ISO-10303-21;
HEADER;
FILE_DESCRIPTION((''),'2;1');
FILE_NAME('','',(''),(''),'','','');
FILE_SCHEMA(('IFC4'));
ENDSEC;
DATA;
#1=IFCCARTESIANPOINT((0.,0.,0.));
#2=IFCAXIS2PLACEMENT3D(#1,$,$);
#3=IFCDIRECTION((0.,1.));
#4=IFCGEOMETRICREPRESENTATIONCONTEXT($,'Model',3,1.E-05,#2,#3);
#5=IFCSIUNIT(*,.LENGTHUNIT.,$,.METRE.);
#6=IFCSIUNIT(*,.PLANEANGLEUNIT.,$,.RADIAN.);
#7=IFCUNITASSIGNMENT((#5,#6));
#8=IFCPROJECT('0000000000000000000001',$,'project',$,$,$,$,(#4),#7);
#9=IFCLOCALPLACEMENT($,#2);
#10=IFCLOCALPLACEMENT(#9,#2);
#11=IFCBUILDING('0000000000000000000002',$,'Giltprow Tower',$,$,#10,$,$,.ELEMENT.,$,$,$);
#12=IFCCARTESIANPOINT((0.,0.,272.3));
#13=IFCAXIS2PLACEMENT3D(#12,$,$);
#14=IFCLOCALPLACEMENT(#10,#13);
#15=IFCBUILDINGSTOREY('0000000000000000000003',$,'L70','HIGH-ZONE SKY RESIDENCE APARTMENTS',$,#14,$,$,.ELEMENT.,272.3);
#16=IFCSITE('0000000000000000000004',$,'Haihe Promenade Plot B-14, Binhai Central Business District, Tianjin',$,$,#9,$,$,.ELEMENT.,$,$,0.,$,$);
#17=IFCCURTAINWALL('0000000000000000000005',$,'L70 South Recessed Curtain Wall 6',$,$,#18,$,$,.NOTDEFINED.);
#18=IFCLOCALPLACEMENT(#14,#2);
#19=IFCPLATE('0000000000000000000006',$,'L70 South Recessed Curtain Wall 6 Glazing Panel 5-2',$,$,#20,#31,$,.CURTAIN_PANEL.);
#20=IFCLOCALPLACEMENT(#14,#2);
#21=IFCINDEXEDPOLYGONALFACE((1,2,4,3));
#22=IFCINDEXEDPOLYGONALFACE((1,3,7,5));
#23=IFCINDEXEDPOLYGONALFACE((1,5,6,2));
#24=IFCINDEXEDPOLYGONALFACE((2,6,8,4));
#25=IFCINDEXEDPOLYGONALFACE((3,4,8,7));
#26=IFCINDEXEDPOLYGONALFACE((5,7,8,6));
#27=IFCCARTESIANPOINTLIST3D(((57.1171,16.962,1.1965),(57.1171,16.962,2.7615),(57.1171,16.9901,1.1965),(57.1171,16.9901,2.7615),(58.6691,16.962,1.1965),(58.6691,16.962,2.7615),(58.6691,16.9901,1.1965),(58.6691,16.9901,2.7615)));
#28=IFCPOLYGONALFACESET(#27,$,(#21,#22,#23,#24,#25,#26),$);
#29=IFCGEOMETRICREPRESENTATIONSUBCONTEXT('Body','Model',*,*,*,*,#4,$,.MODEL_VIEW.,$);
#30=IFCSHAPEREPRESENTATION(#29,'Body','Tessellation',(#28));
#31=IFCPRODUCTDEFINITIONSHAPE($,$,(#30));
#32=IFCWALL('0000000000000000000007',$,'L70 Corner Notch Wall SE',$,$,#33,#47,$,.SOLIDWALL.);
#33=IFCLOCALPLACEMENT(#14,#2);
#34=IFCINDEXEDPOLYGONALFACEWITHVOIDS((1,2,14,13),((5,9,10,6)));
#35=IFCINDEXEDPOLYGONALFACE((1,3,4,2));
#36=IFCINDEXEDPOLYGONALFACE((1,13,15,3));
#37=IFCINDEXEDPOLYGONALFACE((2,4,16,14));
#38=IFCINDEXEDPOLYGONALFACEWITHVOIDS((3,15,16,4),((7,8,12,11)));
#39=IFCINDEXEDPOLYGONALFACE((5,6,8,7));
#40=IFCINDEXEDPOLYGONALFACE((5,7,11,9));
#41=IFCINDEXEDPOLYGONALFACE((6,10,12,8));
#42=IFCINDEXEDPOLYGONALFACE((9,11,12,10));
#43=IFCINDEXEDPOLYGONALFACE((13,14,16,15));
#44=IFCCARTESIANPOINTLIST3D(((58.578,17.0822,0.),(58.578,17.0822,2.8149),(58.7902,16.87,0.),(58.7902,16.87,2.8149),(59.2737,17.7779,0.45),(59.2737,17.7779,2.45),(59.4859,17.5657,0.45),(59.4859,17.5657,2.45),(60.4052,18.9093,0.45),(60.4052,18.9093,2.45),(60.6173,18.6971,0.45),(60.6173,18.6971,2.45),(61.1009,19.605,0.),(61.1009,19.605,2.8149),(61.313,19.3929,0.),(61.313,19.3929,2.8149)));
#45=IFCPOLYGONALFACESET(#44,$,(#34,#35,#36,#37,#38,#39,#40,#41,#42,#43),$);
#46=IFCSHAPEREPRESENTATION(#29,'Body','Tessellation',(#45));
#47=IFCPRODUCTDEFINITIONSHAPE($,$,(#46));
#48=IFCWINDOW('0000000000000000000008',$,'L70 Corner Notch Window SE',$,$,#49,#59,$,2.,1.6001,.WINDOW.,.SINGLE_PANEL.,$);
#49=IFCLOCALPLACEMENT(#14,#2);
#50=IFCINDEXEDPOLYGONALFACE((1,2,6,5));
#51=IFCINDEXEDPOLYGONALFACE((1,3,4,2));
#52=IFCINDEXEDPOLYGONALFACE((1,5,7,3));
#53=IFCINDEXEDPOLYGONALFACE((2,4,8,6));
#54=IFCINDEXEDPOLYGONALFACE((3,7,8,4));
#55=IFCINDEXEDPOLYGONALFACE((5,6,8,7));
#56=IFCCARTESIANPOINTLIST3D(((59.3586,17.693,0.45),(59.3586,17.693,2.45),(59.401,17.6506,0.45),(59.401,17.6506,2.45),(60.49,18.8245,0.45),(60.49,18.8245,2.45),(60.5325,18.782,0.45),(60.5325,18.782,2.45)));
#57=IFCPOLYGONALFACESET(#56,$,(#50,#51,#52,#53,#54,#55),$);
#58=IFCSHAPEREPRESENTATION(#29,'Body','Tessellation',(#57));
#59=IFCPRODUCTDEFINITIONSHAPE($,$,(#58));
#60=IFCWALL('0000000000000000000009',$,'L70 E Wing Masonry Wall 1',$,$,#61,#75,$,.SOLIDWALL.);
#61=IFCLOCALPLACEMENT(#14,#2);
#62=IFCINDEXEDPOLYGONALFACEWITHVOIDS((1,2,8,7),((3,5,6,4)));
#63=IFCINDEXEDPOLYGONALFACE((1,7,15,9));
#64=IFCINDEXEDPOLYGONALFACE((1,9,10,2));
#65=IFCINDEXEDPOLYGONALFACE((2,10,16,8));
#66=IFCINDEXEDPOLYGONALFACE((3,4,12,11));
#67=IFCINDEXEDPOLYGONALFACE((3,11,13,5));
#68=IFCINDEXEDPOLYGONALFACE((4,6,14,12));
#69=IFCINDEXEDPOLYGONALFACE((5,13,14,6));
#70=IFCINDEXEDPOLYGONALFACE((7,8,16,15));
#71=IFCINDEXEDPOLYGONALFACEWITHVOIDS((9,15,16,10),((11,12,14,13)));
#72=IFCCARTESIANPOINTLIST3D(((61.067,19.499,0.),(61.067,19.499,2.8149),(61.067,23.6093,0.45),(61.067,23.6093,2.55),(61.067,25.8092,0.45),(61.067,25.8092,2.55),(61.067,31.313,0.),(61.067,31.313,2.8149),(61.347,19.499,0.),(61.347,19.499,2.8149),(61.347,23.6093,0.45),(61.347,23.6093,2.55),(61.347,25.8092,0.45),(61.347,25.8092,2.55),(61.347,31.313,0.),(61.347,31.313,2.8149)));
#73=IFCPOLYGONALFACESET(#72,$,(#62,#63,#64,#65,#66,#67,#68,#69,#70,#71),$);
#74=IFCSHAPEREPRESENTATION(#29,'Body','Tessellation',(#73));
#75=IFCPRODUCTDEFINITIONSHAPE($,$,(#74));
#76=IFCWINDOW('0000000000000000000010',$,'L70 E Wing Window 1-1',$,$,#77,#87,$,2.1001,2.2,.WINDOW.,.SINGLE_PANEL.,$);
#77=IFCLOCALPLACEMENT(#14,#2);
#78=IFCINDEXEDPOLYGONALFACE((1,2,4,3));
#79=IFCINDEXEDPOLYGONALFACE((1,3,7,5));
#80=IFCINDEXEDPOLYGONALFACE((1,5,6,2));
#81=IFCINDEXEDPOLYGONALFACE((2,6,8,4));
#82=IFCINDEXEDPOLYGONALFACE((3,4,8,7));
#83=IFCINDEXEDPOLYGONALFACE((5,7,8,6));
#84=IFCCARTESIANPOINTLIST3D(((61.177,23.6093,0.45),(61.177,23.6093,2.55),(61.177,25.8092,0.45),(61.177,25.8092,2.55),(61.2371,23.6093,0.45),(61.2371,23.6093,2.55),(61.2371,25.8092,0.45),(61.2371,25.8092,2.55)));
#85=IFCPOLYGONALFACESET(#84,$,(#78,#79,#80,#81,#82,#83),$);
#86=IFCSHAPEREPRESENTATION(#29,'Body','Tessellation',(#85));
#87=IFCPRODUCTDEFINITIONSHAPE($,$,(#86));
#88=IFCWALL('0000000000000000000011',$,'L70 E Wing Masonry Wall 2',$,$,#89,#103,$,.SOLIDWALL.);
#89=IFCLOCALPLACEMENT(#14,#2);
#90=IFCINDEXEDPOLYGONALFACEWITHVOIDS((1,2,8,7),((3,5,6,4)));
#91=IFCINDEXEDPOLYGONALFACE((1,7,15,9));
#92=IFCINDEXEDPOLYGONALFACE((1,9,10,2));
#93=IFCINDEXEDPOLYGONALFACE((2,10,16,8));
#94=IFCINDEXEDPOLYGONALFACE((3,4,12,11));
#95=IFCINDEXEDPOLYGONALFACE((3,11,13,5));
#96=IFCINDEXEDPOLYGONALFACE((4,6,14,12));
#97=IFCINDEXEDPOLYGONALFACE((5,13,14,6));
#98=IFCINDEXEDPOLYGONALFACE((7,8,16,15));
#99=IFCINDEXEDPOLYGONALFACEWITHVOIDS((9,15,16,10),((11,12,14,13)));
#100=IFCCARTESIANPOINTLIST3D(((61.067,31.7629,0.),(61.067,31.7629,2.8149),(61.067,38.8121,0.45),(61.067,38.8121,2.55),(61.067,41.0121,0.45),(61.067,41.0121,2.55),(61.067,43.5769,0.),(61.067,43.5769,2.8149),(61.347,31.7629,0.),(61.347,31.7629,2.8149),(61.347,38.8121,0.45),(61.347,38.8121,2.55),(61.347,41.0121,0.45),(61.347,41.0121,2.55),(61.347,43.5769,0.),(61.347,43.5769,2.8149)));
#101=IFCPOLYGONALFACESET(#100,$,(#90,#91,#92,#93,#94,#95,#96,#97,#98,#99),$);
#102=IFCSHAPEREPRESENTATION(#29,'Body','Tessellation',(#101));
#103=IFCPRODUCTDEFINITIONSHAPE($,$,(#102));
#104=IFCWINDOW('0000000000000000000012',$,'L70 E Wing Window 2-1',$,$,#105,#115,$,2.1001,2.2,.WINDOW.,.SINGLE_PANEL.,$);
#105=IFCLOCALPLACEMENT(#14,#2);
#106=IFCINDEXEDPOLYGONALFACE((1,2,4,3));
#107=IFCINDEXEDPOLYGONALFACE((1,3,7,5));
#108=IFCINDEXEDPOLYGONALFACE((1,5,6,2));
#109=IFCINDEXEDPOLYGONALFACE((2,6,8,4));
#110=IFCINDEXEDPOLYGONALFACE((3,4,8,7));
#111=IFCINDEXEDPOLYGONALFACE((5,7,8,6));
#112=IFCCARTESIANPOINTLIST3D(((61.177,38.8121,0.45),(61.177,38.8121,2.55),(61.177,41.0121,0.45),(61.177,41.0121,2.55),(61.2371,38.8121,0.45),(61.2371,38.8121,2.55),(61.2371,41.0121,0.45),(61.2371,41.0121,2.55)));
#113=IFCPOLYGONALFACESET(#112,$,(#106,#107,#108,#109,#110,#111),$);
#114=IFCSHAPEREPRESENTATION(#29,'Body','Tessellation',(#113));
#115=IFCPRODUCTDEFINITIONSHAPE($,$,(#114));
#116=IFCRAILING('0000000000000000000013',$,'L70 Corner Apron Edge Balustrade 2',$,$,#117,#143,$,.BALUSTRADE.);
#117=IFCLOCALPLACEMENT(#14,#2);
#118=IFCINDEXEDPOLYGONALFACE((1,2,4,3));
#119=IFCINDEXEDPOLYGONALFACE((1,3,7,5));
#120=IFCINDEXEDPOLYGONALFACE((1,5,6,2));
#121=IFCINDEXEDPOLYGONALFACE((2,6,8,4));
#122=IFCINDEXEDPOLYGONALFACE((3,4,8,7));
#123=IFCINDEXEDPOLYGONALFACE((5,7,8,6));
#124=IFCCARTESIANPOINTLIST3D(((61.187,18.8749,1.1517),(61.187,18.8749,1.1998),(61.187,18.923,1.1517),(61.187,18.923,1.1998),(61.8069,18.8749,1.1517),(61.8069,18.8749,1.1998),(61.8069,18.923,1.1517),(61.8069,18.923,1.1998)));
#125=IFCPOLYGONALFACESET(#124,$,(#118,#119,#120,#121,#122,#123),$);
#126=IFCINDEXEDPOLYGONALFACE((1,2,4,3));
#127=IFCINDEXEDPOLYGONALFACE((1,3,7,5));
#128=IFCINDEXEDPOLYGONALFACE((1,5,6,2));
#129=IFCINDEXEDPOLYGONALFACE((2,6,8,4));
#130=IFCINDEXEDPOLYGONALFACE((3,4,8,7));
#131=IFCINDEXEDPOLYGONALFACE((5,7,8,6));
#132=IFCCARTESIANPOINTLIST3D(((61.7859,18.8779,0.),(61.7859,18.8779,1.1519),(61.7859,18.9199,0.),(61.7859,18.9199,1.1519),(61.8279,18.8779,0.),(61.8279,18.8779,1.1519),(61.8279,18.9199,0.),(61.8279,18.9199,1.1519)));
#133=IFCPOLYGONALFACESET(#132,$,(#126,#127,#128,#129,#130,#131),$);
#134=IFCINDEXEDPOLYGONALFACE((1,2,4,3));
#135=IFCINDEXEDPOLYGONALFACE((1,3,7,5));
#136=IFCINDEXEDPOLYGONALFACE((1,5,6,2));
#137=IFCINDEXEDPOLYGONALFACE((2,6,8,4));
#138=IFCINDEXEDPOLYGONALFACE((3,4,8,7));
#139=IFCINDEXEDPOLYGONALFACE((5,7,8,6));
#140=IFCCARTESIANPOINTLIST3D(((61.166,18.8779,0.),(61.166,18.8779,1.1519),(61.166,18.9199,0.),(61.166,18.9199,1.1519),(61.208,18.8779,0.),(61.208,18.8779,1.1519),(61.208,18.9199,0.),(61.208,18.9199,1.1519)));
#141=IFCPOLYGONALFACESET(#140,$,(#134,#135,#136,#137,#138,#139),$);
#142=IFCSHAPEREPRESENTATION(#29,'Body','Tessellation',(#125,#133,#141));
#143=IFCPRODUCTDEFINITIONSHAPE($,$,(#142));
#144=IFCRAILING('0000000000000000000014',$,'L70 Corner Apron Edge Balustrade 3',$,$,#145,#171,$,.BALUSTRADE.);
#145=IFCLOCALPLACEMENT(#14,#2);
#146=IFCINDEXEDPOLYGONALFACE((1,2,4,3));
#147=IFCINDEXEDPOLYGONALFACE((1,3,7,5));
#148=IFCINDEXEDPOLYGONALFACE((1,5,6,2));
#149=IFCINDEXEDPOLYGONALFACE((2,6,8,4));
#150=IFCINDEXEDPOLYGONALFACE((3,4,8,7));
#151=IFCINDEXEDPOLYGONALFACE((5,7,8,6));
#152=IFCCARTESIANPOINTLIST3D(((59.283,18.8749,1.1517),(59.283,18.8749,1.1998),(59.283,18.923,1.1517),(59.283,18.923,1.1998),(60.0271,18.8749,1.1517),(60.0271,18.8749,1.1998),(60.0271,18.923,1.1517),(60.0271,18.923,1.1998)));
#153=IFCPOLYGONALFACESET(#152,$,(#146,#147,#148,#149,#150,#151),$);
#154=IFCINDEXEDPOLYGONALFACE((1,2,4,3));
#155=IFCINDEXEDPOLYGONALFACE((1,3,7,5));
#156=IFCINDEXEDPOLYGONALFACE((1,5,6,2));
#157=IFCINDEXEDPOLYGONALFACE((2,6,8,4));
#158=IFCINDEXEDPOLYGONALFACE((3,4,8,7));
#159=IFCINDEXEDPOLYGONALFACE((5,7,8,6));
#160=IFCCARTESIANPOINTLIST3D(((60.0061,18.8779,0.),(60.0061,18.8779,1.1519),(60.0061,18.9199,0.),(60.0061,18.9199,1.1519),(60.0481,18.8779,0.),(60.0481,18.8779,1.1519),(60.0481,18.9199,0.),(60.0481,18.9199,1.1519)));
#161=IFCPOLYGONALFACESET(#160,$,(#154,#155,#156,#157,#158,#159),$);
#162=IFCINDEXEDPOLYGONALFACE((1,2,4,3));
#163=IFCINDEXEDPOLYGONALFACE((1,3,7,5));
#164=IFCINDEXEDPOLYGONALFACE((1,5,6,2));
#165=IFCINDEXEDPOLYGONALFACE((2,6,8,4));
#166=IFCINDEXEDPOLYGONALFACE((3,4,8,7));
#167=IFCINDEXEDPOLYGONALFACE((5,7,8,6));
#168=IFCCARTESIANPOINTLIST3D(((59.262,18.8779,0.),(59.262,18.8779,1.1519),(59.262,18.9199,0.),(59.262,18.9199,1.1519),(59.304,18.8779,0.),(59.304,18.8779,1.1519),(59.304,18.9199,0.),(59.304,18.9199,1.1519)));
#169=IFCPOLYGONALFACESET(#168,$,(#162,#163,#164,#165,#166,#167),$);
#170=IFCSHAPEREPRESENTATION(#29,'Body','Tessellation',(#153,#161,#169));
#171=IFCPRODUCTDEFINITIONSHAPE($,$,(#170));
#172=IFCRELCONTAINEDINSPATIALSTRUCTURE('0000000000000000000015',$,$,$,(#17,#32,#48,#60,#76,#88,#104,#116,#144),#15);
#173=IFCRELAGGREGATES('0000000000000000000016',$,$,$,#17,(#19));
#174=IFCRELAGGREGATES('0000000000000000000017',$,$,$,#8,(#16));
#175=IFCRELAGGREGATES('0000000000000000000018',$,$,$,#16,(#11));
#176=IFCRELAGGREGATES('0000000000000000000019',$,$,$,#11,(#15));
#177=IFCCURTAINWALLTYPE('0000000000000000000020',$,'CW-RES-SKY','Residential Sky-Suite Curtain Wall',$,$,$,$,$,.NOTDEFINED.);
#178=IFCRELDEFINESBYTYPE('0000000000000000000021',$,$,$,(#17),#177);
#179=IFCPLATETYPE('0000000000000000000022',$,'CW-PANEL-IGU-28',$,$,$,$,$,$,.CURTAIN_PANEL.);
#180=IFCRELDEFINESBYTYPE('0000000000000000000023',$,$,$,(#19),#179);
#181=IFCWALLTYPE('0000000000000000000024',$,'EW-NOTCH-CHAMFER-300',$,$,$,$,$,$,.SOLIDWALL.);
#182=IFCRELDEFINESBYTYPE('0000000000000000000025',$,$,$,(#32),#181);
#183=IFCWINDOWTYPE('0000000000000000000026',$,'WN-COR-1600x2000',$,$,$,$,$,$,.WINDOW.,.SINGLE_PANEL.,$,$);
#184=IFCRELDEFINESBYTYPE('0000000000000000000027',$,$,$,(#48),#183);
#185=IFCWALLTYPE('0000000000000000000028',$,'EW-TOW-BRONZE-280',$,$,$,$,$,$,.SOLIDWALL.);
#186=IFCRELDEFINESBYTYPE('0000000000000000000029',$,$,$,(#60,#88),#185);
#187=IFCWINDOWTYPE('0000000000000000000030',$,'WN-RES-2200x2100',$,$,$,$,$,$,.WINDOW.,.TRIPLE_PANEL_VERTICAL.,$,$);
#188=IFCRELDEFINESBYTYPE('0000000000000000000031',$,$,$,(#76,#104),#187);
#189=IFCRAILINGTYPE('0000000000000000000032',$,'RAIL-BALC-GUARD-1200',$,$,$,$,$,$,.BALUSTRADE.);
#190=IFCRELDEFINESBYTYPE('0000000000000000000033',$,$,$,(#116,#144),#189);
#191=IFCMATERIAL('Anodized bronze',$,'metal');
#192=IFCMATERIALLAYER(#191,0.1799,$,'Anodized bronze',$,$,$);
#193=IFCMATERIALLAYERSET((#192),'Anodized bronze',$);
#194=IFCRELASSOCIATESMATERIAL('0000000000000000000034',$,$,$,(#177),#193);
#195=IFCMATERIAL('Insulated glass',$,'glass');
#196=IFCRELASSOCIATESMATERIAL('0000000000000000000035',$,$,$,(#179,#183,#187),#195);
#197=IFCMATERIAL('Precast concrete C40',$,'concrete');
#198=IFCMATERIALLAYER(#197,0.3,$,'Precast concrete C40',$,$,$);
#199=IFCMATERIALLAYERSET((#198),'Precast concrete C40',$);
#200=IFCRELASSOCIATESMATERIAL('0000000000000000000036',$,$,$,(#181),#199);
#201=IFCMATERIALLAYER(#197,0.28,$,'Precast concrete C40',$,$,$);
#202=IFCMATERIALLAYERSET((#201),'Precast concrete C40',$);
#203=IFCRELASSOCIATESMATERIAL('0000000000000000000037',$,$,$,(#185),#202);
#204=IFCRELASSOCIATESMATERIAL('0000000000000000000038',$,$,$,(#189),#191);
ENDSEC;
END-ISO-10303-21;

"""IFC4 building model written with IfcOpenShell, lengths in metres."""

from ifc_helpers import new_model, si_unit, direction, frame, frame_2d, origin, origin_2d, place, context, subcontext, project, spatial, rectangle, extrude, source, transform, mapped, material, layer, layer_set, type_object, element, fill, aggregate, save


model = new_model("IFC4")

# Units and contexts
model_context = context("Model", 3, precision=1e-05, world=origin(), true_north=direction((0.0, 1.0)))
body_context = subcontext(model_context, "Body", "Model", "MODEL_VIEW")
ifc_project = project(units=[si_unit("LENGTHUNIT", "METRE"), si_unit("PLANEANGLEUNIT", "RADIAN")], contexts=[model_context])

# Site, building, storey
site_placement = place(None, origin())
site = spatial("IfcSite", under=ifc_project, at=site_placement, Name="Haihe Promenade Plot B-14, Binhai Central Business District, Tianjin", CompositionType="ELEMENT", RefElevation=0.0)
building_placement = place(site_placement, origin())
building = spatial("IfcBuilding", under=site, at=building_placement, Name="Giltprow Tower", CompositionType="ELEMENT")
storey_placement = place(building_placement, frame((0.0, 0.0, 272.3)))
storey = spatial("IfcBuildingStorey", under=building, at=storey_placement, Name="L70", Description="HIGH-ZONE SKY RESIDENCE APARTMENTS", CompositionType="ELEMENT", Elevation=272.3)

# Curtain wall
ifc_material_1 = material(Name="Anodized bronze", Category="metal")
ifc_layer_1 = layer(ifc_material_1, 0.1799, Name="Anodized bronze")
ifc_layer_set_1 = layer_set([ifc_layer_1], Name="Anodized bronze")
curtain_wall_type = type_object("IfcCurtainWallType", Name="CW-RES-SKY", Description="Residential Sky-Suite Curtain Wall", PredefinedType="NOTDEFINED", material=ifc_layer_set_1)
curtain_wall_placement = place(storey_placement, origin())
curtain_wall = element("IfcCurtainWall", 1, at=curtain_wall_placement, inside=storey, type_object=curtain_wall_type, Name="L70 South Recessed Curtain Wall 6", PredefinedType="NOTDEFINED")

# Plate
ifc_material_2 = material(Name="Insulated glass", Category="glass")
plate_type_1 = type_object("IfcPlateType", Name="CW-PANEL-IGU-28", PredefinedType="CURTAIN_PANEL", material=ifc_material_2)
shared_shape_1 = source(origin(), body_context, "Body", "SweptSolid", [
    extrude(rectangle(XDim=1.552, YDim=0.0281, at=origin_2d()), origin(), (0.0, 0.0, 1.0), 1.5649),
])
plate_1_placement = place(storey_placement, frame((57.8931, 16.9761, 1.1965), z_axis=(0.0, 0.0, 1.0), x_axis=(1.0, 0.0, 0.0)))
plate_1 = element("IfcPlate", 2, at=plate_1_placement, type_object=plate_type_1, Name="L70 South Recessed Curtain Wall 6 Glazing Panel 5-2", PredefinedType="CURTAIN_PANEL", context=body_context, shape_type="MappedRepresentation", body=[
    mapped(shared_shape_1, transform((0.0, 0.0, 0.0), x_axis=(1.0, 0.0, 0.0), y_axis=(0.0, 1.0, 0.0), z_axis=(0.0, 0.0, 1.0), scale=1.0)),
])
aggregate(curtain_wall, [plate_1])

# Walls, openings, windows
ifc_material_3 = material(Name="Precast concrete C40", Category="concrete")
ifc_layer_2 = layer(ifc_material_3, 0.3, Name="Precast concrete C40")
ifc_layer_set_2 = layer_set([ifc_layer_2], Name="Precast concrete C40")
wall_type_1 = type_object("IfcWallType", Name="EW-NOTCH-CHAMFER-300", PredefinedType="SOLIDWALL", material=ifc_layer_set_2)
wall_1_placement = place(storey_placement, frame((58.6841, 16.9761, 0.0), z_axis=(0.0, 0.0, 1.0), x_axis=(0.707107, 0.707107, 0.0)))
wall_1 = element("IfcWall", 3, at=wall_1_placement, inside=storey, type_object=wall_type_1, Name="L70 Corner Notch Wall SE", PredefinedType="SOLIDWALL", context=body_context, shape_type="SweptSolid", body=[
    extrude(rectangle(XDim=3.5679, YDim=0.3, at=frame_2d((1.7839, 0.0))), origin(), (0.0, 0.0, 1.0), 2.8149),
])
opening_1_placement = place(wall_1_placement, frame((0.9839, 0.0, 0.45)))
opening_1 = element("IfcOpeningElement", 4, at=opening_1_placement, cuts=wall_1, PredefinedType="OPENING", context=body_context, shape_type="SweptSolid", body=[
    extrude(rectangle(XDim=1.6001, YDim=2.0, at=frame_2d((0.8, 1.0))), frame((0.0, 0.1599, 0.0), z_axis=(0.0, -1.0, 0.0), x_axis=(1.0, 0.0, 0.0)), (0.0, 0.0, 1.0), 0.3201),
])
window_type_1 = type_object("IfcWindowType", Name="WN-COR-1600x2000", PartitioningType="SINGLE_PANEL", PredefinedType="WINDOW", material=ifc_material_2)
shared_shape_2 = source(origin(), body_context, "Body", "SweptSolid", [
    extrude(rectangle(XDim=1.6001, YDim=2.0, at=frame_2d((0.8, 1.0))), frame((0.0, 0.03, 0.0), z_axis=(0.0, -1.0, 0.0), x_axis=(1.0, 0.0, 0.0)), (0.0, 0.0, 1.0), 0.0601),
])
window_1_placement = place(opening_1_placement, origin())
window_1 = element("IfcWindow", 5, at=window_1_placement, inside=storey, type_object=window_type_1, Name="L70 Corner Notch Window SE", OverallHeight=2.0, OverallWidth=1.6001, PartitioningType="SINGLE_PANEL", PredefinedType="WINDOW", context=body_context, shape_type="MappedRepresentation", body=[
    mapped(shared_shape_2, transform((0.0, 0.0, 0.0), x_axis=(1.0, 0.0, 0.0), y_axis=(0.0, 1.0, 0.0), z_axis=(0.0, 0.0, 1.0), scale=1.0)),
])
fill(opening_1, window_1)
ifc_layer_3 = layer(ifc_material_3, 0.28, Name="Precast concrete C40")
ifc_layer_set_3 = layer_set([ifc_layer_3], Name="Precast concrete C40")
wall_type_2 = type_object("IfcWallType", Name="EW-TOW-BRONZE-280", PredefinedType="SOLIDWALL", material=ifc_layer_set_3)
wall_2_placement = place(storey_placement, frame((61.207, 19.499, 0.0), z_axis=(0.0, 0.0, 1.0), x_axis=(0.0, 1.0, 0.0)))
wall_2 = element("IfcWall", 6, at=wall_2_placement, inside=storey, type_object=wall_type_2, Name="L70 E Wing Masonry Wall 1", PredefinedType="SOLIDWALL", context=body_context, shape_type="SweptSolid", body=[
    extrude(rectangle(XDim=11.814, YDim=0.28, at=frame_2d((5.907, 0.0))), origin(), (0.0, 0.0, 1.0), 2.8149),
])
opening_2_placement = place(wall_2_placement, frame((4.1101, 0.0, 0.45)))
opening_2 = element("IfcOpeningElement", 7, at=opening_2_placement, cuts=wall_2, PredefinedType="OPENING", context=body_context, shape_type="SweptSolid", body=[
    extrude(rectangle(XDim=2.2, YDim=2.1001, at=frame_2d((1.1001, 1.05))), frame((0.0, 0.1499, 0.0), z_axis=(0.0, -1.0, 0.0), x_axis=(1.0, 0.0, 0.0)), (0.0, 0.0, 1.0), 0.3),
])
window_type_2 = type_object("IfcWindowType", Name="WN-RES-2200x2100", PartitioningType="TRIPLE_PANEL_VERTICAL", PredefinedType="WINDOW", material=ifc_material_2)
shared_shape_3 = source(origin(), body_context, "Body", "SweptSolid", [
    extrude(rectangle(XDim=2.2, YDim=2.1001, at=frame_2d((1.1001, 1.05))), frame((0.0, 0.03, 0.0), z_axis=(0.0, -1.0, 0.0), x_axis=(1.0, 0.0, 0.0)), (0.0, 0.0, 1.0), 0.0601),
])
window_2_placement = place(opening_2_placement, origin())
window_2 = element("IfcWindow", 8, at=window_2_placement, inside=storey, type_object=window_type_2, Name="L70 E Wing Window 1-1", OverallHeight=2.1001, OverallWidth=2.2, PartitioningType="SINGLE_PANEL", PredefinedType="WINDOW", context=body_context, shape_type="MappedRepresentation", body=[
    mapped(shared_shape_3, transform((0.0, 0.0, 0.0), x_axis=(1.0, 0.0, 0.0), y_axis=(0.0, 1.0, 0.0), z_axis=(0.0, 0.0, 1.0), scale=1.0)),
])
fill(opening_2, window_2)
wall_3_placement = place(storey_placement, frame((61.207, 31.7629, 0.0), z_axis=(0.0, 0.0, 1.0), x_axis=(0.0, 1.0, 0.0)))
wall_3 = element("IfcWall", 9, at=wall_3_placement, inside=storey, type_object=wall_type_2, Name="L70 E Wing Masonry Wall 2", PredefinedType="SOLIDWALL", context=body_context, shape_type="SweptSolid", body=[
    extrude(rectangle(XDim=11.814, YDim=0.28, at=frame_2d((5.907, 0.0))), origin(), (0.0, 0.0, 1.0), 2.8149),
])
opening_3_placement = place(wall_3_placement, frame((7.0491, 0.0, 0.45)))
opening_3 = element("IfcOpeningElement", 10, at=opening_3_placement, cuts=wall_3, PredefinedType="OPENING", context=body_context, shape_type="SweptSolid", body=[
    extrude(rectangle(XDim=2.2, YDim=2.1001, at=frame_2d((1.1001, 1.05))), frame((0.0, 0.1499, 0.0), z_axis=(0.0, -1.0, 0.0), x_axis=(1.0, 0.0, 0.0)), (0.0, 0.0, 1.0), 0.3),
])
window_3_placement = place(opening_3_placement, origin())
window_3 = element("IfcWindow", 11, at=window_3_placement, inside=storey, type_object=window_type_2, Name="L70 E Wing Window 2-1", OverallHeight=2.1001, OverallWidth=2.2, PartitioningType="SINGLE_PANEL", PredefinedType="WINDOW", context=body_context, shape_type="MappedRepresentation", body=[
    mapped(shared_shape_3, transform((0.0, 0.0, 0.0), x_axis=(1.0, 0.0, 0.0), y_axis=(0.0, 1.0, 0.0), z_axis=(0.0, 0.0, 1.0), scale=1.0)),
])
fill(opening_3, window_3)

# Railings
railing_type = type_object("IfcRailingType", Name="RAIL-BALC-GUARD-1200", PredefinedType="BALUSTRADE", material=ifc_material_1)
railing_1_placement = place(storey_placement, frame((61.8069, 18.8989, 0.0)))
element("IfcRailing", 12, at=railing_1_placement, inside=storey, type_object=railing_type, Name="L70 Corner Apron Edge Balustrade 2", PredefinedType="BALUSTRADE", context=body_context, shape_type="SweptSolid", body=[
    extrude(rectangle(XDim=0.0481, YDim=0.0481, at=origin_2d()), frame((0.0, 0.0, 1.1758), z_axis=(-1.0, 0.0, 0.0), x_axis=(0.0, -1.0, 0.0)), (0.0, 0.0, 1.0), 0.6199),
    extrude(rectangle(XDim=0.042, YDim=0.042, at=origin_2d()), origin(), (0.0, 0.0, 1.0), 1.1519),
    extrude(rectangle(XDim=0.042, YDim=0.042, at=origin_2d()), frame((-0.6199, 0.0, 0.0)), (0.0, 0.0, 1.0), 1.1519),
])
railing_2_placement = place(storey_placement, frame((60.0271, 18.8989, 0.0)))
element("IfcRailing", 13, at=railing_2_placement, inside=storey, type_object=railing_type, Name="L70 Corner Apron Edge Balustrade 3", PredefinedType="BALUSTRADE", context=body_context, shape_type="SweptSolid", body=[
    extrude(rectangle(XDim=0.0481, YDim=0.0481, at=origin_2d()), frame((0.0, 0.0, 1.1758), z_axis=(-1.0, 0.0, 0.0), x_axis=(0.0, -1.0, 0.0)), (0.0, 0.0, 1.0), 0.7441),
    extrude(rectangle(XDim=0.042, YDim=0.042, at=origin_2d()), origin(), (0.0, 0.0, 1.0), 1.1519),
    extrude(rectangle(XDim=0.042, YDim=0.042, at=origin_2d()), frame((-0.7441, 0.0, 0.0)), (0.0, 0.0, 1.0), 1.1519),
])

save(model, "model.ifc")
